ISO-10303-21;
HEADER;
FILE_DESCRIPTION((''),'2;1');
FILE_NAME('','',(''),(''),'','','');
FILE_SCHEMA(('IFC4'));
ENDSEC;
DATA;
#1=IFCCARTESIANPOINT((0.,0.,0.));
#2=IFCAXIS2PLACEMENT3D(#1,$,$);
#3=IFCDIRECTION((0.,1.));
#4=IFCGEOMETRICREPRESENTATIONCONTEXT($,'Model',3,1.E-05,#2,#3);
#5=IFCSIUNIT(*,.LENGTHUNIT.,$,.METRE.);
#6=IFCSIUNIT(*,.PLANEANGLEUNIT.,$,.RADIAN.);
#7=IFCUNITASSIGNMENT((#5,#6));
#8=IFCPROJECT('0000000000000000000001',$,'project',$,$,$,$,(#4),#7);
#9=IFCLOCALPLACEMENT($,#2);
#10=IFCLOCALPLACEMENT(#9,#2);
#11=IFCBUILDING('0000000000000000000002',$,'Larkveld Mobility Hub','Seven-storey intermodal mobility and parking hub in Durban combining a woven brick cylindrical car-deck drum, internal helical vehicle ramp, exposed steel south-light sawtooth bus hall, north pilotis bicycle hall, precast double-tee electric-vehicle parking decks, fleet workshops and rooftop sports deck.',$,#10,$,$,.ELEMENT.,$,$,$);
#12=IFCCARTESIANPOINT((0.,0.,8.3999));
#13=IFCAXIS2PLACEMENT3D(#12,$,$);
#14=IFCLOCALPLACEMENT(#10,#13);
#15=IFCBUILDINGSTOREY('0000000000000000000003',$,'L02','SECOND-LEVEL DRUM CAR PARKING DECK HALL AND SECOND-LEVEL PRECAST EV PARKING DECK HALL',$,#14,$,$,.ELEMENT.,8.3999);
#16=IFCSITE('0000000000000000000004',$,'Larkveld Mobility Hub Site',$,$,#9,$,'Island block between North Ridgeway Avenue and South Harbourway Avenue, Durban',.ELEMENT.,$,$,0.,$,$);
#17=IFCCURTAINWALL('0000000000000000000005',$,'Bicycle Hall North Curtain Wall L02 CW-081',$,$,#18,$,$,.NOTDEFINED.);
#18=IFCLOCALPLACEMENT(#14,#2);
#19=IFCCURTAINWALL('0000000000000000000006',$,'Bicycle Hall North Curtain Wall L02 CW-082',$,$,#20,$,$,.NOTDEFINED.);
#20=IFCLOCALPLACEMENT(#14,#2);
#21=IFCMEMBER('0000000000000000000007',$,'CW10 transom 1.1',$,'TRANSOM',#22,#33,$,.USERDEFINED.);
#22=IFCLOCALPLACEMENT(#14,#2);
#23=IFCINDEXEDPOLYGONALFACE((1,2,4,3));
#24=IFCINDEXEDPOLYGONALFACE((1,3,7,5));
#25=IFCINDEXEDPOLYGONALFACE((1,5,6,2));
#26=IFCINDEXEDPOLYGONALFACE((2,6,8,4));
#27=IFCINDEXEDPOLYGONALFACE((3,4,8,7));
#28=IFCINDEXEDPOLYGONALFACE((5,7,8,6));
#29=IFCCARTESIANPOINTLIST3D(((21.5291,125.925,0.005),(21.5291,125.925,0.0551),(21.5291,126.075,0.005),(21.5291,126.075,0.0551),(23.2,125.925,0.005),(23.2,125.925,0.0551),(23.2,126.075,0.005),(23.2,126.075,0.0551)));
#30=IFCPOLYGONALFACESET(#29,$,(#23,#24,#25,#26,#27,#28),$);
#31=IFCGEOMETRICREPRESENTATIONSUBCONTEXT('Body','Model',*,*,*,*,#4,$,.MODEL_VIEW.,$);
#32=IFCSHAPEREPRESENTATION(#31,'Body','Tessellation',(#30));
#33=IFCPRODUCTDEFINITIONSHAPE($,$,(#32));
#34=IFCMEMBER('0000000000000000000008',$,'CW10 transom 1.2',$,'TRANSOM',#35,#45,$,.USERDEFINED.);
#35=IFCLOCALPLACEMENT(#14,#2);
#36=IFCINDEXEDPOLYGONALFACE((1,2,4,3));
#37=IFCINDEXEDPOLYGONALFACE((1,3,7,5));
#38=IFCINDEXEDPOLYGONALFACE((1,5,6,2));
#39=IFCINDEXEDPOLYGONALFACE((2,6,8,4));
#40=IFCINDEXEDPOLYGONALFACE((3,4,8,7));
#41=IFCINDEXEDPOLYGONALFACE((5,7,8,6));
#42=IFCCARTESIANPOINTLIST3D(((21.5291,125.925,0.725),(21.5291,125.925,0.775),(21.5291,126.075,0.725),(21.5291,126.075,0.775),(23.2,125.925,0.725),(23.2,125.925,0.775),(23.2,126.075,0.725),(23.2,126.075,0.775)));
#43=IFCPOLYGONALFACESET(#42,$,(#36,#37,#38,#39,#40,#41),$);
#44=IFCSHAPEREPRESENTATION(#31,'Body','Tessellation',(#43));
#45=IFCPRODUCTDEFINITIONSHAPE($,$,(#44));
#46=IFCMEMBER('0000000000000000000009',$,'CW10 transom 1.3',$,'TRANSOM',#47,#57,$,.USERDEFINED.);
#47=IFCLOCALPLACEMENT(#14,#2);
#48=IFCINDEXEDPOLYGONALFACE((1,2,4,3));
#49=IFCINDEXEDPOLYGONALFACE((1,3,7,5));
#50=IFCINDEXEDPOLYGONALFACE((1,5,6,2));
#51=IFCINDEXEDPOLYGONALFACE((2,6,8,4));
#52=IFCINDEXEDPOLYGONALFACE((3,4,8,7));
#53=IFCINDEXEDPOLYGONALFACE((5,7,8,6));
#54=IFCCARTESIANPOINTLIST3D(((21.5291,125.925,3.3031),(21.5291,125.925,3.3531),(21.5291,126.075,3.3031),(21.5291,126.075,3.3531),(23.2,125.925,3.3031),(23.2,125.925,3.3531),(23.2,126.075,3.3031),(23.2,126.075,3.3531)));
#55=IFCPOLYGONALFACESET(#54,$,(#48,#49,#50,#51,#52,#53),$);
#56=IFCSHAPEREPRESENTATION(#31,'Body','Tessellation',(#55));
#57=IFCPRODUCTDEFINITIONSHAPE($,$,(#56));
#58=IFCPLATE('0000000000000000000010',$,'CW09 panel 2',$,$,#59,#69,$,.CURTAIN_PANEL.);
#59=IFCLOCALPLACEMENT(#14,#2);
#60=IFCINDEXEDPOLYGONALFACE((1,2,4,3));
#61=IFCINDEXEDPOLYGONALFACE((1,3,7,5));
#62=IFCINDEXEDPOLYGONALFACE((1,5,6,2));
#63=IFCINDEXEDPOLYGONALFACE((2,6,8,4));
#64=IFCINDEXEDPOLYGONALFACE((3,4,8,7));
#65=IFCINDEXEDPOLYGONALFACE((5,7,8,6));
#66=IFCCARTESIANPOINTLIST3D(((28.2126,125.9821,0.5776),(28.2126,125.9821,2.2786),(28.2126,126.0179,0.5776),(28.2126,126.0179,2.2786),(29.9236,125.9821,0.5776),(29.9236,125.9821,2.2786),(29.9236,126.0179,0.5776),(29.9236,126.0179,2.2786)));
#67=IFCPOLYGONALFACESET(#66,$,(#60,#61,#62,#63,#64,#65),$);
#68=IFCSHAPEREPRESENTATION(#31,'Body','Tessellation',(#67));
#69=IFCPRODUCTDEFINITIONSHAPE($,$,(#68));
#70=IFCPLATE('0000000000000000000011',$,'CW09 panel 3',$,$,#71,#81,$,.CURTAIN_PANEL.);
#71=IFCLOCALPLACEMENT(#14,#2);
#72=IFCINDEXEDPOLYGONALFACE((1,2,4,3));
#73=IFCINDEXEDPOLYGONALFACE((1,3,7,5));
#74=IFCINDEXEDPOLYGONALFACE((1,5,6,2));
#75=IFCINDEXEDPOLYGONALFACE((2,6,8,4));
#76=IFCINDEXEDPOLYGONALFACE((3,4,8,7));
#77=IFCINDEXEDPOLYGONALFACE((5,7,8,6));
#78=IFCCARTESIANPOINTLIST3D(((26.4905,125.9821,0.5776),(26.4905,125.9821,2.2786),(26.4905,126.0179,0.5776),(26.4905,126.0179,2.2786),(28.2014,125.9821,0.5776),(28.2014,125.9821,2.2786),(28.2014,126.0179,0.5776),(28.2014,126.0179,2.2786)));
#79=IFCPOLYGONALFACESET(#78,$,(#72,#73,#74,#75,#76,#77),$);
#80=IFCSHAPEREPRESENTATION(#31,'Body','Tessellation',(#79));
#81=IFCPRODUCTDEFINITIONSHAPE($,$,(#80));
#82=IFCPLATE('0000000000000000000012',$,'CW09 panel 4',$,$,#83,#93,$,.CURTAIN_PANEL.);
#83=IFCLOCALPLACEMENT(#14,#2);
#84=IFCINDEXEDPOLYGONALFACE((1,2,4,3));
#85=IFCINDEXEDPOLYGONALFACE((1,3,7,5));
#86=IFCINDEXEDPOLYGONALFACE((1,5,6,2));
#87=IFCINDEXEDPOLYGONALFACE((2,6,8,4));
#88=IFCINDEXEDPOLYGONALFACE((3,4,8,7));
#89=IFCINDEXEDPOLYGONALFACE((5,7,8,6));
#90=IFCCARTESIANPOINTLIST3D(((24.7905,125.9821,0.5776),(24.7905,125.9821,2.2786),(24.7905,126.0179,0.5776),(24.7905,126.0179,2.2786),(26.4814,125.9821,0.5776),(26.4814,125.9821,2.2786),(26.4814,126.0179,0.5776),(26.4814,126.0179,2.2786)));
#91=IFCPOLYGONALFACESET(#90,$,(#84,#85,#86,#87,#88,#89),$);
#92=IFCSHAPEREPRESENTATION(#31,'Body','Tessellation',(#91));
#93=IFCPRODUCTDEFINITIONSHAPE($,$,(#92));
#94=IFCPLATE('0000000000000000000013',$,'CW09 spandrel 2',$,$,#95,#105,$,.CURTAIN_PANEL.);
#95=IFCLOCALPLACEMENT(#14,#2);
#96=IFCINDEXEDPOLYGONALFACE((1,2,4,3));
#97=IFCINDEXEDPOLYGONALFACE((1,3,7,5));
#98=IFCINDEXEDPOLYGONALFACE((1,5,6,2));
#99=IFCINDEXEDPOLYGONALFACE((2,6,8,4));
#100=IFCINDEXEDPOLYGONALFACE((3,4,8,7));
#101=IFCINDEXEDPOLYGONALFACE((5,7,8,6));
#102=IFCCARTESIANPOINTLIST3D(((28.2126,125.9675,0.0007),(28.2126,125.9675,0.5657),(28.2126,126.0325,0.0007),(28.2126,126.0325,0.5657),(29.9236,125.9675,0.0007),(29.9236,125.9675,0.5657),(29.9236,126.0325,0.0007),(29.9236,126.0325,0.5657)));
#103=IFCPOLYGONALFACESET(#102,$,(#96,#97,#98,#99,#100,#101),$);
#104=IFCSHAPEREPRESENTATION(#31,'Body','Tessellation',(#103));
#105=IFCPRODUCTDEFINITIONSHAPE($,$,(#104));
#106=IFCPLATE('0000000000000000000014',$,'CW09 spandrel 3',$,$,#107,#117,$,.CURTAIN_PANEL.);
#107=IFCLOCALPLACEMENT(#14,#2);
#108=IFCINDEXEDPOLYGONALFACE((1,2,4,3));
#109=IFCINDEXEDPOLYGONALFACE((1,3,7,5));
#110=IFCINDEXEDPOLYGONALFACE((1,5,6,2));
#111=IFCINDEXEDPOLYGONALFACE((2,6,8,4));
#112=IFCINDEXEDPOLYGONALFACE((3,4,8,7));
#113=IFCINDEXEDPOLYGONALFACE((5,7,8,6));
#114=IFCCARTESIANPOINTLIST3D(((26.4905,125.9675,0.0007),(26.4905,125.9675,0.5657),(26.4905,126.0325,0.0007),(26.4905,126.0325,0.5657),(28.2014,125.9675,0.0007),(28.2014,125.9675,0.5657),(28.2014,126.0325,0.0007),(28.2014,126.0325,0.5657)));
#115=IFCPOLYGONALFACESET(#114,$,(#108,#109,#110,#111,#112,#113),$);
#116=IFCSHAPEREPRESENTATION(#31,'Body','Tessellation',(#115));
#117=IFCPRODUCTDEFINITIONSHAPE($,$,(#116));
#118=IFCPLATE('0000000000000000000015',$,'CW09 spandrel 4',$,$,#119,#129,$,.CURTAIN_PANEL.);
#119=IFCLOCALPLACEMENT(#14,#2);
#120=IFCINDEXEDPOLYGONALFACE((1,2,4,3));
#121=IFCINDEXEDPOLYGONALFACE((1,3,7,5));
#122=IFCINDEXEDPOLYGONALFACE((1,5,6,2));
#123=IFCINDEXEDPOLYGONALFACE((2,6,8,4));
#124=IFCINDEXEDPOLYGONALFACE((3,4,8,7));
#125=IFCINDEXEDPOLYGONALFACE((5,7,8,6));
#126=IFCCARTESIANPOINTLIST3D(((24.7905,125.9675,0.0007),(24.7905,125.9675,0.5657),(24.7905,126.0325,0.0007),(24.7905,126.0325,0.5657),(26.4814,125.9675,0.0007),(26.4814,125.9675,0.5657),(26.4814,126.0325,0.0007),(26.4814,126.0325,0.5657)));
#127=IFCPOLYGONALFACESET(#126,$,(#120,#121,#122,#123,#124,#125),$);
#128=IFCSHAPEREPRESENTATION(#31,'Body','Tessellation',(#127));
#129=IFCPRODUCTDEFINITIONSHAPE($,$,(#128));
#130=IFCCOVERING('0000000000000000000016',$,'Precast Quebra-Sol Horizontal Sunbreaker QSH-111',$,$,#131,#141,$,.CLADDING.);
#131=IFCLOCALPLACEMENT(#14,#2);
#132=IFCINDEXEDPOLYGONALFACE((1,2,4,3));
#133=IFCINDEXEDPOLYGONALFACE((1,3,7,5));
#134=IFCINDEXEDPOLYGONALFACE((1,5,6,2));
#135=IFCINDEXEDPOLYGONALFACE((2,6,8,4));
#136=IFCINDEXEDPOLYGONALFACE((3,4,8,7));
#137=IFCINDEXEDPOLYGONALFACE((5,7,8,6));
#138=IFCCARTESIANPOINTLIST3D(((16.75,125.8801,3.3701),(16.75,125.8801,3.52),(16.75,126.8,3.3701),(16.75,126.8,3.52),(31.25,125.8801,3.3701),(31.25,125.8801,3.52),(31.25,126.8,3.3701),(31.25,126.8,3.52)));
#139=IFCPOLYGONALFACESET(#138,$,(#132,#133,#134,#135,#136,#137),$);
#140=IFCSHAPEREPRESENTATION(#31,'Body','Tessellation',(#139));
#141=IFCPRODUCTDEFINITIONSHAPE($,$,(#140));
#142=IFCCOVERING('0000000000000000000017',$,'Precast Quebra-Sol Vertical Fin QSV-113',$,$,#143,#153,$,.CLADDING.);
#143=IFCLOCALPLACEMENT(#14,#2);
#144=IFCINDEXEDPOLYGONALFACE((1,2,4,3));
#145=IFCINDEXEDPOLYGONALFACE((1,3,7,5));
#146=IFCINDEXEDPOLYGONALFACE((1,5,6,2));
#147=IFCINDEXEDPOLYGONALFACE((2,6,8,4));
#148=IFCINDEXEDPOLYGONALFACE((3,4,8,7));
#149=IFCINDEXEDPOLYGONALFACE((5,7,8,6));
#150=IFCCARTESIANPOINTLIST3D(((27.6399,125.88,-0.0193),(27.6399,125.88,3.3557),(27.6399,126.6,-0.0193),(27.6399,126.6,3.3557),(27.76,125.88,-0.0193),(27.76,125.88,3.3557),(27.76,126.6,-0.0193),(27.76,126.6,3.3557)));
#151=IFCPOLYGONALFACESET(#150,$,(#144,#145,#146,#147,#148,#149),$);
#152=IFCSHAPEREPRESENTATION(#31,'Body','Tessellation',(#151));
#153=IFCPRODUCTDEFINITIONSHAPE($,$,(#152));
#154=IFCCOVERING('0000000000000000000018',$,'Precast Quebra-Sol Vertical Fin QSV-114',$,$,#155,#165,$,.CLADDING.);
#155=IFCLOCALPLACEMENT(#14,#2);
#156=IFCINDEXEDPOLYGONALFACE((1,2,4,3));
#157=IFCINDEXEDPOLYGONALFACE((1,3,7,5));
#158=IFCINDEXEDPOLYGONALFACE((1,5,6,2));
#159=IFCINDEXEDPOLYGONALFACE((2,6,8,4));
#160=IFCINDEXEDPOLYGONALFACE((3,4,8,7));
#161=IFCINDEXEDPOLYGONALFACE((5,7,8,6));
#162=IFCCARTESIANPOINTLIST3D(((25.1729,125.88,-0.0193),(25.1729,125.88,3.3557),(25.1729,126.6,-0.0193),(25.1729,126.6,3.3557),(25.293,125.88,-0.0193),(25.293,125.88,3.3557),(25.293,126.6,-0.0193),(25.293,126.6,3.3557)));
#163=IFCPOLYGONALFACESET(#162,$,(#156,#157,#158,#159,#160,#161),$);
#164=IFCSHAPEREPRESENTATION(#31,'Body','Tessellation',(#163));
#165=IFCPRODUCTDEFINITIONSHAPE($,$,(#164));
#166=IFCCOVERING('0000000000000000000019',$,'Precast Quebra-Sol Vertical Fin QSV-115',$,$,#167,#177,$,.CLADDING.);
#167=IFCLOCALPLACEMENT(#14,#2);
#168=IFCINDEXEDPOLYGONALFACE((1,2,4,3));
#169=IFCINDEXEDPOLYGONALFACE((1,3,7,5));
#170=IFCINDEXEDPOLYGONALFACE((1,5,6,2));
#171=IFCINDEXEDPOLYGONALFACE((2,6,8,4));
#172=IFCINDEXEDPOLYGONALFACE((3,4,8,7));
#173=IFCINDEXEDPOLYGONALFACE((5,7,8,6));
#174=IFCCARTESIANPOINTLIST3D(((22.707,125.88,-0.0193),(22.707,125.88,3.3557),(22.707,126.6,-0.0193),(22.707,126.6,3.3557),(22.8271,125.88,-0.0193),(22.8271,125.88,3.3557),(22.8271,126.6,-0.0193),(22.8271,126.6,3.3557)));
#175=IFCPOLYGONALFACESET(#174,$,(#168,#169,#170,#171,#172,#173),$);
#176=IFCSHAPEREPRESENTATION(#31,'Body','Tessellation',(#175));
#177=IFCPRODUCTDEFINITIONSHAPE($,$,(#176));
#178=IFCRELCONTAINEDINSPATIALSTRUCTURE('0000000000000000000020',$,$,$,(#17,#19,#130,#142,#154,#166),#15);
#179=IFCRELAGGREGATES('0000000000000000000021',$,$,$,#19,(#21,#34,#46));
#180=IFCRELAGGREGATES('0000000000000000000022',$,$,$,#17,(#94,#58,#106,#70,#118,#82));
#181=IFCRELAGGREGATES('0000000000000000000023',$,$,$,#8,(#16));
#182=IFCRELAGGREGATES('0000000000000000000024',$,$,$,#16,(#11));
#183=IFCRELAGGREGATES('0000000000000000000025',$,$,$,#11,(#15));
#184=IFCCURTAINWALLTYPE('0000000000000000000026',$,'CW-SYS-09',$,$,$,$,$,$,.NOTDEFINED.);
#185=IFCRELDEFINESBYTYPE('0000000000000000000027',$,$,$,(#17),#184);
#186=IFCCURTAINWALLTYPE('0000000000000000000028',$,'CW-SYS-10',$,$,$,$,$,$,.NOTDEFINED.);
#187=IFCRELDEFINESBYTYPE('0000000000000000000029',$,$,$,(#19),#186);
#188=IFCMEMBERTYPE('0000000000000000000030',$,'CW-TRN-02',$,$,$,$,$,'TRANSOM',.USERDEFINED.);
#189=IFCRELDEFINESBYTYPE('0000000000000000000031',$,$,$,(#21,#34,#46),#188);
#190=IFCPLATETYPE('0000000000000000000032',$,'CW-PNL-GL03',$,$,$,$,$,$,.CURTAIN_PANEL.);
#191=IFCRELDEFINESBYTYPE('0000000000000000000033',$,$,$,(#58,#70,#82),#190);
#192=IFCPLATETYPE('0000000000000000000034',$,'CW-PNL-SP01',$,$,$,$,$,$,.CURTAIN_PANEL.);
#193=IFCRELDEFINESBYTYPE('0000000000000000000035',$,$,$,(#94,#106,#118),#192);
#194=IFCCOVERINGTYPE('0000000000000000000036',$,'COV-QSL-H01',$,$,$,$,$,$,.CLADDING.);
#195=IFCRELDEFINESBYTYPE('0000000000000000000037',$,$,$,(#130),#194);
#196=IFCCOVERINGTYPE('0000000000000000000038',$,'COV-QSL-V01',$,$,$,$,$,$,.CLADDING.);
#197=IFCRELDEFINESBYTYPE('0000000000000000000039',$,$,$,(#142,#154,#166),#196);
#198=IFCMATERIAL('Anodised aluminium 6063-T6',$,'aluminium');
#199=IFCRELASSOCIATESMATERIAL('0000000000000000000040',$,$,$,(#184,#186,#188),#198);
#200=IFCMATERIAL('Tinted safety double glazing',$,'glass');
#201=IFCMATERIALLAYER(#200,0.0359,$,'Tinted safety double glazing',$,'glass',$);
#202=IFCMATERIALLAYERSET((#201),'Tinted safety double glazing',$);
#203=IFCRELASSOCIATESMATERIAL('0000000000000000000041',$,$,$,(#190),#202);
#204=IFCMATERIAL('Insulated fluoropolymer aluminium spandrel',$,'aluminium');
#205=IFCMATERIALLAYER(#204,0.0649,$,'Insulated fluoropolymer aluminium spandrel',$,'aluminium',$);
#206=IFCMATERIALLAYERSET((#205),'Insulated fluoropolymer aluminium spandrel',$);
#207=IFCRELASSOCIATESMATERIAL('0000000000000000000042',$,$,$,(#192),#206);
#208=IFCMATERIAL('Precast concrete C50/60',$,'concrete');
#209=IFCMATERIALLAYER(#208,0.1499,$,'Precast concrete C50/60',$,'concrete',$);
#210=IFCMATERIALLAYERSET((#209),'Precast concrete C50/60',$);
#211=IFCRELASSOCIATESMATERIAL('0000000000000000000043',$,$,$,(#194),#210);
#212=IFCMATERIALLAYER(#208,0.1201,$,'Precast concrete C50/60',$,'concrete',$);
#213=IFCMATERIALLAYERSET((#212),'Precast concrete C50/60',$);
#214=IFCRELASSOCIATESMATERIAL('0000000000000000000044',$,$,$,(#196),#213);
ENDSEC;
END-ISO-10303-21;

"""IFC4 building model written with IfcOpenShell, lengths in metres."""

from ifc_helpers import new_model, si_unit, direction, frame, origin, origin_2d, place, context, subcontext, project, spatial, rectangle, extrude, material, layer, layer_set, material_profile, profile_set, type_object, element, aggregate, save


model = new_model("IFC4")

# Units and contexts
model_context = context("Model", 3, precision=1e-05, world=origin(), true_north=direction((0.0, 1.0)))
body_context = subcontext(model_context, "Body", "Model", "MODEL_VIEW")
ifc_project = project(units=[si_unit("LENGTHUNIT", "METRE"), si_unit("PLANEANGLEUNIT", "RADIAN")], contexts=[model_context])

# Site, building, storey
site_placement = place(None, origin())
site = spatial("IfcSite", under=ifc_project, at=site_placement, Name="Larkveld Mobility Hub Site", LongName="Island block between North Ridgeway Avenue and South Harbourway Avenue, Durban", CompositionType="ELEMENT", RefElevation=0.0)
building_placement = place(site_placement, origin())
building = spatial("IfcBuilding", under=site, at=building_placement, Name="Larkveld Mobility Hub", Description="Seven-storey intermodal mobility and parking hub in Durban combining a woven brick cylindrical car-deck drum, internal helical vehicle ramp, exposed steel south-light sawtooth bus hall, north pilotis bicycle hall, precast double-tee electric-vehicle parking decks, fleet workshops and rooftop sports deck.", CompositionType="ELEMENT")
storey_placement = place(building_placement, frame((0.0, 0.0, 8.3999)))
storey = spatial("IfcBuildingStorey", under=building, at=storey_placement, Name="L02", Description="SECOND-LEVEL DRUM CAR PARKING DECK HALL AND SECOND-LEVEL PRECAST EV PARKING DECK HALL", CompositionType="ELEMENT", Elevation=8.3999)

# Shared definitions
ifc_material_1 = material(Name="Precast concrete C50/60", Category="concrete")

# Curtain wall
ifc_material_2 = material(Name="Anodised aluminium 6063-T6", Category="aluminium")
curtain_wall_type_1 = type_object("IfcCurtainWallType", Name="CW-SYS-09", PredefinedType="NOTDEFINED", material=ifc_material_2)
curtain_wall_1_placement = place(storey_placement, origin())
curtain_wall_1 = element("IfcCurtainWall", 1, at=curtain_wall_1_placement, inside=storey, type_object=curtain_wall_type_1, Name="Bicycle Hall North Curtain Wall L02 CW-081", PredefinedType="NOTDEFINED")

# Curtain wall
curtain_wall_type_2 = type_object("IfcCurtainWallType", Name="CW-SYS-10", PredefinedType="NOTDEFINED", material=ifc_material_2)
curtain_wall_2_placement = place(storey_placement, origin())
curtain_wall_2 = element("IfcCurtainWall", 2, at=curtain_wall_2_placement, inside=storey, type_object=curtain_wall_type_2, Name="Bicycle Hall North Curtain Wall L02 CW-082", PredefinedType="NOTDEFINED")

# Members
ifc_material_profile_1 = material_profile(ifc_material_2, rectangle(XDim=0.1499, YDim=0.05, at=origin_2d()), Name="ALU TRAN 50x150")
ifc_profile_set_1 = profile_set([ifc_material_profile_1], Name="Anodised aluminium 6063-T6")
member_type_1 = type_object("IfcMemberType", Name="CW-TRN-02", ElementType="TRANSOM", PredefinedType="USERDEFINED", material=ifc_profile_set_1)
member_1_placement = place(storey_placement, frame((23.2, 126.0, 0.03), z_axis=(-1.0, 0.0, 0.0), x_axis=(0.0, -1.0, 0.0)))
member_1 = element("IfcMember", 3, at=member_1_placement, type_object=member_type_1, Name="CW10 transom 1.1", ObjectType="TRANSOM", PredefinedType="USERDEFINED", context=body_context, shape_type="SweptSolid", body=[
    extrude(rectangle(XDim=0.1499, YDim=0.05, at=origin_2d()), origin(), (0.0, 0.0, 1.0), 1.6709),
])
member_2_placement = place(storey_placement, frame((23.2, 126.0, 0.75), z_axis=(-1.0, 0.0, 0.0), x_axis=(0.0, -1.0, 0.0)))
member_2 = element("IfcMember", 4, at=member_2_placement, type_object=member_type_1, Name="CW10 transom 1.2", ObjectType="TRANSOM", PredefinedType="USERDEFINED", context=body_context, shape_type="SweptSolid", body=[
    extrude(rectangle(XDim=0.1499, YDim=0.05, at=origin_2d()), origin(), (0.0, 0.0, 1.0), 1.6709),
])
member_3_placement = place(storey_placement, frame((23.2, 126.0, 3.3281), z_axis=(-1.0, 0.0, 0.0), x_axis=(0.0, -1.0, 0.0)))
member_3 = element("IfcMember", 5, at=member_3_placement, type_object=member_type_1, Name="CW10 transom 1.3", ObjectType="TRANSOM", PredefinedType="USERDEFINED", context=body_context, shape_type="SweptSolid", body=[
    extrude(rectangle(XDim=0.1499, YDim=0.05, at=origin_2d()), origin(), (0.0, 0.0, 1.0), 1.6709),
])
aggregate(curtain_wall_2, [member_1, member_2, member_3])

# Plates
ifc_material_3 = material(Name="Tinted safety double glazing", Category="glass")
ifc_layer_1 = layer(ifc_material_3, 0.0359, Name="Tinted safety double glazing", Category="glass")
ifc_layer_set_1 = layer_set([ifc_layer_1], Name="Tinted safety double glazing")
plate_type_1 = type_object("IfcPlateType", Name="CW-PNL-GL03", PredefinedType="CURTAIN_PANEL", material=ifc_layer_set_1)
plate_1_placement = place(storey_placement, frame((29.0681, 126.0, 0.5776), z_axis=(0.0, 0.0, 1.0), x_axis=(-1.0, 0.0, 0.0)))
plate_1 = element("IfcPlate", 6, at=plate_1_placement, type_object=plate_type_1, Name="CW09 panel 2", PredefinedType="CURTAIN_PANEL", context=body_context, shape_type="SweptSolid", body=[
    extrude(rectangle(XDim=1.7109, YDim=0.0359, at=origin_2d()), origin(), (0.0, 0.0, 1.0), 1.7009),
])
plate_2_placement = place(storey_placement, frame((27.3459, 126.0, 0.5776), z_axis=(0.0, 0.0, 1.0), x_axis=(-1.0, 0.0, 0.0)))
plate_2 = element("IfcPlate", 7, at=plate_2_placement, type_object=plate_type_1, Name="CW09 panel 3", PredefinedType="CURTAIN_PANEL", context=body_context, shape_type="SweptSolid", body=[
    extrude(rectangle(XDim=1.7109, YDim=0.0359, at=origin_2d()), origin(), (0.0, 0.0, 1.0), 1.7009),
])
plate_3_placement = place(storey_placement, frame((25.636, 126.0, 0.5776), z_axis=(0.0, 0.0, 1.0), x_axis=(-1.0, 0.0, 0.0)))
plate_3 = element("IfcPlate", 8, at=plate_3_placement, type_object=plate_type_1, Name="CW09 panel 4", PredefinedType="CURTAIN_PANEL", context=body_context, shape_type="SweptSolid", body=[
    extrude(rectangle(XDim=1.6909, YDim=0.0359, at=origin_2d()), origin(), (0.0, 0.0, 1.0), 1.7009),
])
ifc_material_4 = material(Name="Insulated fluoropolymer aluminium spandrel", Category="aluminium")
ifc_layer_2 = layer(ifc_material_4, 0.0649, Name="Insulated fluoropolymer aluminium spandrel", Category="aluminium")
ifc_layer_set_2 = layer_set([ifc_layer_2], Name="Insulated fluoropolymer aluminium spandrel")
plate_type_2 = type_object("IfcPlateType", Name="CW-PNL-SP01", PredefinedType="CURTAIN_PANEL", material=ifc_layer_set_2)
plate_4_placement = place(storey_placement, frame((29.0681, 126.0, 0.0007), z_axis=(0.0, 0.0, 1.0), x_axis=(-1.0, 0.0, 0.0)))
plate_4 = element("IfcPlate", 9, at=plate_4_placement, type_object=plate_type_2, Name="CW09 spandrel 2", PredefinedType="CURTAIN_PANEL", context=body_context, shape_type="SweptSolid", body=[
    extrude(rectangle(XDim=1.7109, YDim=0.0649, at=origin_2d()), origin(), (0.0, 0.0, 1.0), 0.5649),
])
plate_5_placement = place(storey_placement, frame((27.3459, 126.0, 0.0007), z_axis=(0.0, 0.0, 1.0), x_axis=(-1.0, 0.0, 0.0)))
plate_5 = element("IfcPlate", 10, at=plate_5_placement, type_object=plate_type_2, Name="CW09 spandrel 3", PredefinedType="CURTAIN_PANEL", context=body_context, shape_type="SweptSolid", body=[
    extrude(rectangle(XDim=1.7109, YDim=0.0649, at=origin_2d()), origin(), (0.0, 0.0, 1.0), 0.5649),
])
plate_6_placement = place(storey_placement, frame((25.636, 126.0, 0.0007), z_axis=(0.0, 0.0, 1.0), x_axis=(-1.0, 0.0, 0.0)))
plate_6 = element("IfcPlate", 11, at=plate_6_placement, type_object=plate_type_2, Name="CW09 spandrel 4", PredefinedType="CURTAIN_PANEL", context=body_context, shape_type="SweptSolid", body=[
    extrude(rectangle(XDim=1.6909, YDim=0.0649, at=origin_2d()), origin(), (0.0, 0.0, 1.0), 0.5649),
])
aggregate(curtain_wall_1, [plate_4, plate_1, plate_5, plate_2, plate_6, plate_3])

# Coverings
ifc_layer_3 = layer(ifc_material_1, 0.1499, Name="Precast concrete C50/60", Category="concrete")
ifc_layer_set_3 = layer_set([ifc_layer_3], Name="Precast concrete C50/60")
covering_type_1 = type_object("IfcCoveringType", Name="COV-QSL-H01", PredefinedType="CLADDING", material=ifc_layer_set_3)
covering_placement = place(storey_placement, frame((24.0, 126.3401, 3.3701), z_axis=(0.0, 0.0, 1.0), x_axis=(-1.0, 0.0, 0.0)))
element("IfcCovering", 12, at=covering_placement, inside=storey, type_object=covering_type_1, Name="Precast Quebra-Sol Horizontal Sunbreaker QSH-111", PredefinedType="CLADDING", context=body_context, shape_type="SweptSolid", body=[
    extrude(rectangle(XDim=14.5, YDim=0.9199, at=origin_2d()), origin(), (0.0, 0.0, 1.0), 0.1499),
])
ifc_layer_4 = layer(ifc_material_1, 0.1201, Name="Precast concrete C50/60", Category="concrete")
ifc_layer_set_4 = layer_set([ifc_layer_4], Name="Precast concrete C50/60")
covering_type_2 = type_object("IfcCoveringType", Name="COV-QSL-V01", PredefinedType="CLADDING", material=ifc_layer_set_4)
for number, where, z_axis, x_axis, name in (
    (13, (27.7, 126.24, -0.0193), (0.0, 0.0, 1.0), (-1.0, 0.0, 0.0), "Precast Quebra-Sol Vertical Fin QSV-113"),
    (14, (25.2329, 126.24, -0.0193), (0.0, 0.0, 1.0), (-1.0, 0.0, 0.0), "Precast Quebra-Sol Vertical Fin QSV-114"),
    (15, (22.7671, 126.24, -0.0193), (0.0, 0.0, 1.0), (-1.0, 0.0, 0.0), "Precast Quebra-Sol Vertical Fin QSV-115"),
):
    element("IfcCovering", number, at=place(storey_placement, frame(where, z_axis=z_axis, x_axis=x_axis)), inside=storey, type_object=covering_type_2, Name=name, PredefinedType="CLADDING", context=body_context, shape_type="SweptSolid", body=[
        extrude(rectangle(XDim=0.1201, YDim=0.72, at=origin_2d()), origin(), (0.0, 0.0, 1.0), 3.375),
    ])

save(model, "model.ifc")
